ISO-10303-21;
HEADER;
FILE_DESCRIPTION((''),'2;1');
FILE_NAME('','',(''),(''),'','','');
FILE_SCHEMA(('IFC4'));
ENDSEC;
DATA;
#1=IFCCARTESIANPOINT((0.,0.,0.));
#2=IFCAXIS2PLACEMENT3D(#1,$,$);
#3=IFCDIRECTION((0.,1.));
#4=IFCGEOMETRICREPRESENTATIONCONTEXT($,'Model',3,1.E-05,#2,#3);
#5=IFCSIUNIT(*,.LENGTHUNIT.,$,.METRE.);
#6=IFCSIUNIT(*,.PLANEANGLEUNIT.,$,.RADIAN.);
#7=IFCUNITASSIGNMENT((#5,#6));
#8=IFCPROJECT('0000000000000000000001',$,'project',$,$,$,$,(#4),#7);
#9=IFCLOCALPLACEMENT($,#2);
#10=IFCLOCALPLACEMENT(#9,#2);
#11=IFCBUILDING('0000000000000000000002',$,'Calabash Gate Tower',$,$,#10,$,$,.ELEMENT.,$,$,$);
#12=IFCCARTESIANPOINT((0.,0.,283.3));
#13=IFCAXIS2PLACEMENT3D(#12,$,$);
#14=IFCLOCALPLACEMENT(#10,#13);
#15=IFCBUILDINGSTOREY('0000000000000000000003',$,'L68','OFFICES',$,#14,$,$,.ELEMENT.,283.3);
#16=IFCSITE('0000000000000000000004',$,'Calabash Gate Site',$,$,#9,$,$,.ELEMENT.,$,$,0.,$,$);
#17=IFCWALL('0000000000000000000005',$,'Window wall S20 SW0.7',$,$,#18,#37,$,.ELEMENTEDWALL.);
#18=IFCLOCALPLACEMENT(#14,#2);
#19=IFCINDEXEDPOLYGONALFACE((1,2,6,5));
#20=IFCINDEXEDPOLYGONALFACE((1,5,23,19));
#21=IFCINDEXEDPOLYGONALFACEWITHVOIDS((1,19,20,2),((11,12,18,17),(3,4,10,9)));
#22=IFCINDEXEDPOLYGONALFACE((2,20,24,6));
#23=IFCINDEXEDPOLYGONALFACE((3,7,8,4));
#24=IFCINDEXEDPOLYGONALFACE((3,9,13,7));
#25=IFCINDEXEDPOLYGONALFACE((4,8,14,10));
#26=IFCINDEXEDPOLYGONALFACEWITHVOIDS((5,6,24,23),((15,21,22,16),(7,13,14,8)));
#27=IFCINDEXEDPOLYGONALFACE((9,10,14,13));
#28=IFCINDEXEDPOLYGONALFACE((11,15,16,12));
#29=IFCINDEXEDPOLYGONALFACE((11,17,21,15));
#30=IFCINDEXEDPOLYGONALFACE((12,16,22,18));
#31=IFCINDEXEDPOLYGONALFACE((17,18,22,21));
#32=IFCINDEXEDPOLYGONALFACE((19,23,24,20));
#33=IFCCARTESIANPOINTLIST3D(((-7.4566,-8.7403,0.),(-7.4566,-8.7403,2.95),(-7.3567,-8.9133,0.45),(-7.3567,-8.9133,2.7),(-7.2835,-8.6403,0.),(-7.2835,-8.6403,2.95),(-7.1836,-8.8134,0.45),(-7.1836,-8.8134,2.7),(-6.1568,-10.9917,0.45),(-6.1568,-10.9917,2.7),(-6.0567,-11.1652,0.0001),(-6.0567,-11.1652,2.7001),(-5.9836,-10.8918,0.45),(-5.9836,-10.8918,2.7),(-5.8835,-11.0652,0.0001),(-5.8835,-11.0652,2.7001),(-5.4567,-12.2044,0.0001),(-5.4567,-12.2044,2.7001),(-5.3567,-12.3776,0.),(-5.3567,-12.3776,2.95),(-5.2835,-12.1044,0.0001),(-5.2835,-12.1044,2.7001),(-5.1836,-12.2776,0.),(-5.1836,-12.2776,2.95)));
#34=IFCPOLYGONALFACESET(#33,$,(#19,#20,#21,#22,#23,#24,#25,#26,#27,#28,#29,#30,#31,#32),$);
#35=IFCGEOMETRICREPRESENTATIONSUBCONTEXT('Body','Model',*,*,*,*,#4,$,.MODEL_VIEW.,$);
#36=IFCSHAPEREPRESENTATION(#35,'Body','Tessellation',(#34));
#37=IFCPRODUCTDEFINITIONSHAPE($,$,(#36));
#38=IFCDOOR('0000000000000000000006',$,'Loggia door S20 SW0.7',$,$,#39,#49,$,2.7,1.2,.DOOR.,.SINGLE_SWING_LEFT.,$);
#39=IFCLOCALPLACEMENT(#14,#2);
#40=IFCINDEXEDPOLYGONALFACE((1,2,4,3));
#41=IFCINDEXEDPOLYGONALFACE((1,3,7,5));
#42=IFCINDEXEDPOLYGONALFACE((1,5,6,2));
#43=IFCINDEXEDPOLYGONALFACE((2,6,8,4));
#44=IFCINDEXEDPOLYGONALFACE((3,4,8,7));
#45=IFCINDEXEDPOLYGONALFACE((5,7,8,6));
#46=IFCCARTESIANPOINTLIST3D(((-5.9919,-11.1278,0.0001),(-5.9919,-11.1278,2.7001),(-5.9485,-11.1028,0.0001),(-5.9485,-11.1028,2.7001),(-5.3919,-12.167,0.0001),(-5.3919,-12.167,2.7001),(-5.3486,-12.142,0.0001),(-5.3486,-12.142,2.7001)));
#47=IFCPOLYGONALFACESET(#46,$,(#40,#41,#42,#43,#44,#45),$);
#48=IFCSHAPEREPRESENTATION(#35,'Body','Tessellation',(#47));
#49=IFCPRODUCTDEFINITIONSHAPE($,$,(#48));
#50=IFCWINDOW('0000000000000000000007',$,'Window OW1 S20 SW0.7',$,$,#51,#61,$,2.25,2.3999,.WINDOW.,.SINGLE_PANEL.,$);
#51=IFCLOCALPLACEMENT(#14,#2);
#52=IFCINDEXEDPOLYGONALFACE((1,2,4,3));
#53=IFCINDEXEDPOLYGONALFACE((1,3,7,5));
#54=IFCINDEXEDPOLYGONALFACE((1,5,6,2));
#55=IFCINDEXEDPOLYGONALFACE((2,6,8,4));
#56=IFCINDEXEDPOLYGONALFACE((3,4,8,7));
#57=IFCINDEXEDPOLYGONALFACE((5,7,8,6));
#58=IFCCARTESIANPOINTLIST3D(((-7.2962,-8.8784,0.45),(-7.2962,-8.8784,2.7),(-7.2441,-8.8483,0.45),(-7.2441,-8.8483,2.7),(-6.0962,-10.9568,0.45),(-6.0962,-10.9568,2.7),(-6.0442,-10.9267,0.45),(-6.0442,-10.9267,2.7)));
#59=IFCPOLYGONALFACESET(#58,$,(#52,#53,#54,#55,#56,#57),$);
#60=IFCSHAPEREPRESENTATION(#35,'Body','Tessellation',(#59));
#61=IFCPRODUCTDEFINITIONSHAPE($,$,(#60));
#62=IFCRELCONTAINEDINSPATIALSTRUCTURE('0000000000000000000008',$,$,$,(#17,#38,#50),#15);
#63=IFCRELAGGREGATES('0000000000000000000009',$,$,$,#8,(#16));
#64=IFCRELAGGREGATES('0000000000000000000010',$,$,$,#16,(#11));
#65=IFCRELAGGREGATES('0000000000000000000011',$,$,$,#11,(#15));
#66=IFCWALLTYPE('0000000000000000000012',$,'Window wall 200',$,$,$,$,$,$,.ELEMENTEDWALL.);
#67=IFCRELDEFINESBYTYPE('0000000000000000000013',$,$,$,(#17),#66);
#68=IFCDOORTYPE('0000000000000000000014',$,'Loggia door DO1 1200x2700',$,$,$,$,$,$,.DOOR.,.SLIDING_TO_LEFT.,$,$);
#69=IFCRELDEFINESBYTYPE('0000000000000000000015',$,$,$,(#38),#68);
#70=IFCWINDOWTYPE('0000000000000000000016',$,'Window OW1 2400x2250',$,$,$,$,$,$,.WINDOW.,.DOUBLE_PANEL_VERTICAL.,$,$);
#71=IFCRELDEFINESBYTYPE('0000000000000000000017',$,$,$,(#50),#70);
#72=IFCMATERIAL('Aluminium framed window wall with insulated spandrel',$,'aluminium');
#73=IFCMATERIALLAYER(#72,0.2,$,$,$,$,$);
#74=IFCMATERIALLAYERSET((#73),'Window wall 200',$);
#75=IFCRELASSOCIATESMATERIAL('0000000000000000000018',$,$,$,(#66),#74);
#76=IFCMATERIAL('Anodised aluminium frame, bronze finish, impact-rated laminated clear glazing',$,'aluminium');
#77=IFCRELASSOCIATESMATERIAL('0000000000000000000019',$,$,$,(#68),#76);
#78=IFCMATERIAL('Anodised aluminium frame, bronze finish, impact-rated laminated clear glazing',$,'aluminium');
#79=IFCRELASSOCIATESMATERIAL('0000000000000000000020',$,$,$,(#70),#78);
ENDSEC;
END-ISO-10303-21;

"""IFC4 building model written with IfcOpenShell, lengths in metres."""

from ifc_helpers import new_model, si_unit, direction, frame, frame_2d, origin, place, context, subcontext, project, spatial, rectangle, extrude, material, layer, layer_set, type_object, element, fill, save


model = new_model("IFC4")

# Units and contexts
model_context = context("Model", 3, precision=1e-05, world=origin(), true_north=direction((0.0, 1.0)))
body_context = subcontext(model_context, "Body", "Model", "MODEL_VIEW")
ifc_project = project(units=[si_unit("LENGTHUNIT", "METRE"), si_unit("PLANEANGLEUNIT", "RADIAN")], contexts=[model_context])

# Site, building, storey
site_placement = place(None, origin())
site = spatial("IfcSite", under=ifc_project, at=site_placement, Name="Calabash Gate Site", CompositionType="ELEMENT", RefElevation=0.0)
building_placement = place(site_placement, origin())
building = spatial("IfcBuilding", under=site, at=building_placement, Name="Calabash Gate Tower", CompositionType="ELEMENT")
storey_placement = place(building_placement, frame((0.0, 0.0, 283.3)))
storey = spatial("IfcBuildingStorey", under=building, at=storey_placement, Name="L68", Description="OFFICES", CompositionType="ELEMENT", Elevation=283.3)

# Shared definitions
ifc_material_1 = material(Name="Aluminium framed window wall with insulated spandrel", Category="aluminium")
ifc_layer_1 = layer(ifc_material_1, 0.2)
ifc_layer_set_1 = layer_set([ifc_layer_1], Name="Window wall 200")
wall_type_1 = type_object("IfcWallType", Name="Window wall 200", PredefinedType="ELEMENTEDWALL", material=ifc_layer_set_1)

# Wall, openings, door, window
wall_1_placement = place(storey_placement, frame((-7.3701, -8.6902, 0.0), z_axis=(0.0, 0.0, 1.0), x_axis=(0.499984, -0.866035, 0.0)))
wall_1 = element("IfcWall", 1, at=wall_1_placement, inside=storey, type_object=wall_type_1, Name="Window wall S20 SW0.7", PredefinedType="ELEMENTEDWALL", context=body_context, shape_type="SweptSolid", body=[
    extrude(rectangle(XDim=4.2, YDim=0.2, at=frame_2d((2.1001, 0.0))), origin(), (0.0, 0.0, 1.0), 2.95),
])
opening_1_placement = place(wall_1_placement, frame((0.2, 0.0, 0.45)))
opening_1 = element("IfcOpeningElement", 2, at=opening_1_placement, cuts=wall_1, PredefinedType="OPENING", context=body_context, shape_type="SweptSolid", body=[
    extrude(rectangle(XDim=2.3999, YDim=2.25, at=frame_2d((1.2, 1.125))), frame((0.0, 0.1099, 0.0), z_axis=(0.0, -1.0, 0.0), x_axis=(1.0, 0.0, 0.0)), (0.0, 0.0, 1.0), 0.22),
])
opening_2_placement = place(wall_1_placement, frame((2.8, 0.0, 0.0)))
opening_2 = element("IfcOpeningElement", 3, at=opening_2_placement, cuts=wall_1, PredefinedType="OPENING", context=body_context, shape_type="SweptSolid", body=[
    extrude(rectangle(XDim=1.2, YDim=2.7, at=frame_2d((0.6001, 1.3501))), frame((0.0, 0.1099, 0.0), z_axis=(0.0, -1.0, 0.0), x_axis=(1.0, 0.0, 0.0)), (0.0, 0.0, 1.0), 0.22),
])
ifc_material_2 = material(Name="Anodised aluminium frame, bronze finish, impact-rated laminated clear glazing", Category="aluminium")
door_type = type_object("IfcDoorType", Name="Loggia door DO1 1200x2700", OperationType="SLIDING_TO_LEFT", PredefinedType="DOOR", material=ifc_material_2)
door_placement = place(opening_2_placement, origin())
door = element("IfcDoor", 4, at=door_placement, inside=storey, type_object=door_type, Name="Loggia door S20 SW0.7", OperationType="SINGLE_SWING_LEFT", OverallHeight=2.7, OverallWidth=1.2, PredefinedType="DOOR", context=body_context, shape_type="SweptSolid", body=[
    extrude(rectangle(XDim=1.2, YDim=2.7, at=frame_2d((0.6001, 1.3501))), frame((0.0, 0.0249, 0.0), z_axis=(0.0, -1.0, 0.0), x_axis=(1.0, 0.0, 0.0)), (0.0, 0.0, 1.0), 0.05),
])
fill(opening_2, door)
ifc_material_3 = material(Name="Anodised aluminium frame, bronze finish, impact-rated laminated clear glazing", Category="aluminium")
window_type_1 = type_object("IfcWindowType", Name="Window OW1 2400x2250", PartitioningType="DOUBLE_PANEL_VERTICAL", PredefinedType="WINDOW", material=ifc_material_3)
window_1_placement = place(opening_1_placement, origin())
window_1 = element("IfcWindow", 5, at=window_1_placement, inside=storey, type_object=window_type_1, Name="Window OW1 S20 SW0.7", OverallHeight=2.25, OverallWidth=2.3999, PartitioningType="SINGLE_PANEL", PredefinedType="WINDOW", context=body_context, shape_type="SweptSolid", body=[
    extrude(rectangle(XDim=2.3999, YDim=2.25, at=frame_2d((1.2, 1.125))), frame((0.0, 0.03, 0.0), z_axis=(0.0, -1.0, 0.0), x_axis=(1.0, 0.0, 0.0)), (0.0, 0.0, 1.0), 0.0601),
])
fill(opening_1, window_1)

save(model, "model.ifc")
